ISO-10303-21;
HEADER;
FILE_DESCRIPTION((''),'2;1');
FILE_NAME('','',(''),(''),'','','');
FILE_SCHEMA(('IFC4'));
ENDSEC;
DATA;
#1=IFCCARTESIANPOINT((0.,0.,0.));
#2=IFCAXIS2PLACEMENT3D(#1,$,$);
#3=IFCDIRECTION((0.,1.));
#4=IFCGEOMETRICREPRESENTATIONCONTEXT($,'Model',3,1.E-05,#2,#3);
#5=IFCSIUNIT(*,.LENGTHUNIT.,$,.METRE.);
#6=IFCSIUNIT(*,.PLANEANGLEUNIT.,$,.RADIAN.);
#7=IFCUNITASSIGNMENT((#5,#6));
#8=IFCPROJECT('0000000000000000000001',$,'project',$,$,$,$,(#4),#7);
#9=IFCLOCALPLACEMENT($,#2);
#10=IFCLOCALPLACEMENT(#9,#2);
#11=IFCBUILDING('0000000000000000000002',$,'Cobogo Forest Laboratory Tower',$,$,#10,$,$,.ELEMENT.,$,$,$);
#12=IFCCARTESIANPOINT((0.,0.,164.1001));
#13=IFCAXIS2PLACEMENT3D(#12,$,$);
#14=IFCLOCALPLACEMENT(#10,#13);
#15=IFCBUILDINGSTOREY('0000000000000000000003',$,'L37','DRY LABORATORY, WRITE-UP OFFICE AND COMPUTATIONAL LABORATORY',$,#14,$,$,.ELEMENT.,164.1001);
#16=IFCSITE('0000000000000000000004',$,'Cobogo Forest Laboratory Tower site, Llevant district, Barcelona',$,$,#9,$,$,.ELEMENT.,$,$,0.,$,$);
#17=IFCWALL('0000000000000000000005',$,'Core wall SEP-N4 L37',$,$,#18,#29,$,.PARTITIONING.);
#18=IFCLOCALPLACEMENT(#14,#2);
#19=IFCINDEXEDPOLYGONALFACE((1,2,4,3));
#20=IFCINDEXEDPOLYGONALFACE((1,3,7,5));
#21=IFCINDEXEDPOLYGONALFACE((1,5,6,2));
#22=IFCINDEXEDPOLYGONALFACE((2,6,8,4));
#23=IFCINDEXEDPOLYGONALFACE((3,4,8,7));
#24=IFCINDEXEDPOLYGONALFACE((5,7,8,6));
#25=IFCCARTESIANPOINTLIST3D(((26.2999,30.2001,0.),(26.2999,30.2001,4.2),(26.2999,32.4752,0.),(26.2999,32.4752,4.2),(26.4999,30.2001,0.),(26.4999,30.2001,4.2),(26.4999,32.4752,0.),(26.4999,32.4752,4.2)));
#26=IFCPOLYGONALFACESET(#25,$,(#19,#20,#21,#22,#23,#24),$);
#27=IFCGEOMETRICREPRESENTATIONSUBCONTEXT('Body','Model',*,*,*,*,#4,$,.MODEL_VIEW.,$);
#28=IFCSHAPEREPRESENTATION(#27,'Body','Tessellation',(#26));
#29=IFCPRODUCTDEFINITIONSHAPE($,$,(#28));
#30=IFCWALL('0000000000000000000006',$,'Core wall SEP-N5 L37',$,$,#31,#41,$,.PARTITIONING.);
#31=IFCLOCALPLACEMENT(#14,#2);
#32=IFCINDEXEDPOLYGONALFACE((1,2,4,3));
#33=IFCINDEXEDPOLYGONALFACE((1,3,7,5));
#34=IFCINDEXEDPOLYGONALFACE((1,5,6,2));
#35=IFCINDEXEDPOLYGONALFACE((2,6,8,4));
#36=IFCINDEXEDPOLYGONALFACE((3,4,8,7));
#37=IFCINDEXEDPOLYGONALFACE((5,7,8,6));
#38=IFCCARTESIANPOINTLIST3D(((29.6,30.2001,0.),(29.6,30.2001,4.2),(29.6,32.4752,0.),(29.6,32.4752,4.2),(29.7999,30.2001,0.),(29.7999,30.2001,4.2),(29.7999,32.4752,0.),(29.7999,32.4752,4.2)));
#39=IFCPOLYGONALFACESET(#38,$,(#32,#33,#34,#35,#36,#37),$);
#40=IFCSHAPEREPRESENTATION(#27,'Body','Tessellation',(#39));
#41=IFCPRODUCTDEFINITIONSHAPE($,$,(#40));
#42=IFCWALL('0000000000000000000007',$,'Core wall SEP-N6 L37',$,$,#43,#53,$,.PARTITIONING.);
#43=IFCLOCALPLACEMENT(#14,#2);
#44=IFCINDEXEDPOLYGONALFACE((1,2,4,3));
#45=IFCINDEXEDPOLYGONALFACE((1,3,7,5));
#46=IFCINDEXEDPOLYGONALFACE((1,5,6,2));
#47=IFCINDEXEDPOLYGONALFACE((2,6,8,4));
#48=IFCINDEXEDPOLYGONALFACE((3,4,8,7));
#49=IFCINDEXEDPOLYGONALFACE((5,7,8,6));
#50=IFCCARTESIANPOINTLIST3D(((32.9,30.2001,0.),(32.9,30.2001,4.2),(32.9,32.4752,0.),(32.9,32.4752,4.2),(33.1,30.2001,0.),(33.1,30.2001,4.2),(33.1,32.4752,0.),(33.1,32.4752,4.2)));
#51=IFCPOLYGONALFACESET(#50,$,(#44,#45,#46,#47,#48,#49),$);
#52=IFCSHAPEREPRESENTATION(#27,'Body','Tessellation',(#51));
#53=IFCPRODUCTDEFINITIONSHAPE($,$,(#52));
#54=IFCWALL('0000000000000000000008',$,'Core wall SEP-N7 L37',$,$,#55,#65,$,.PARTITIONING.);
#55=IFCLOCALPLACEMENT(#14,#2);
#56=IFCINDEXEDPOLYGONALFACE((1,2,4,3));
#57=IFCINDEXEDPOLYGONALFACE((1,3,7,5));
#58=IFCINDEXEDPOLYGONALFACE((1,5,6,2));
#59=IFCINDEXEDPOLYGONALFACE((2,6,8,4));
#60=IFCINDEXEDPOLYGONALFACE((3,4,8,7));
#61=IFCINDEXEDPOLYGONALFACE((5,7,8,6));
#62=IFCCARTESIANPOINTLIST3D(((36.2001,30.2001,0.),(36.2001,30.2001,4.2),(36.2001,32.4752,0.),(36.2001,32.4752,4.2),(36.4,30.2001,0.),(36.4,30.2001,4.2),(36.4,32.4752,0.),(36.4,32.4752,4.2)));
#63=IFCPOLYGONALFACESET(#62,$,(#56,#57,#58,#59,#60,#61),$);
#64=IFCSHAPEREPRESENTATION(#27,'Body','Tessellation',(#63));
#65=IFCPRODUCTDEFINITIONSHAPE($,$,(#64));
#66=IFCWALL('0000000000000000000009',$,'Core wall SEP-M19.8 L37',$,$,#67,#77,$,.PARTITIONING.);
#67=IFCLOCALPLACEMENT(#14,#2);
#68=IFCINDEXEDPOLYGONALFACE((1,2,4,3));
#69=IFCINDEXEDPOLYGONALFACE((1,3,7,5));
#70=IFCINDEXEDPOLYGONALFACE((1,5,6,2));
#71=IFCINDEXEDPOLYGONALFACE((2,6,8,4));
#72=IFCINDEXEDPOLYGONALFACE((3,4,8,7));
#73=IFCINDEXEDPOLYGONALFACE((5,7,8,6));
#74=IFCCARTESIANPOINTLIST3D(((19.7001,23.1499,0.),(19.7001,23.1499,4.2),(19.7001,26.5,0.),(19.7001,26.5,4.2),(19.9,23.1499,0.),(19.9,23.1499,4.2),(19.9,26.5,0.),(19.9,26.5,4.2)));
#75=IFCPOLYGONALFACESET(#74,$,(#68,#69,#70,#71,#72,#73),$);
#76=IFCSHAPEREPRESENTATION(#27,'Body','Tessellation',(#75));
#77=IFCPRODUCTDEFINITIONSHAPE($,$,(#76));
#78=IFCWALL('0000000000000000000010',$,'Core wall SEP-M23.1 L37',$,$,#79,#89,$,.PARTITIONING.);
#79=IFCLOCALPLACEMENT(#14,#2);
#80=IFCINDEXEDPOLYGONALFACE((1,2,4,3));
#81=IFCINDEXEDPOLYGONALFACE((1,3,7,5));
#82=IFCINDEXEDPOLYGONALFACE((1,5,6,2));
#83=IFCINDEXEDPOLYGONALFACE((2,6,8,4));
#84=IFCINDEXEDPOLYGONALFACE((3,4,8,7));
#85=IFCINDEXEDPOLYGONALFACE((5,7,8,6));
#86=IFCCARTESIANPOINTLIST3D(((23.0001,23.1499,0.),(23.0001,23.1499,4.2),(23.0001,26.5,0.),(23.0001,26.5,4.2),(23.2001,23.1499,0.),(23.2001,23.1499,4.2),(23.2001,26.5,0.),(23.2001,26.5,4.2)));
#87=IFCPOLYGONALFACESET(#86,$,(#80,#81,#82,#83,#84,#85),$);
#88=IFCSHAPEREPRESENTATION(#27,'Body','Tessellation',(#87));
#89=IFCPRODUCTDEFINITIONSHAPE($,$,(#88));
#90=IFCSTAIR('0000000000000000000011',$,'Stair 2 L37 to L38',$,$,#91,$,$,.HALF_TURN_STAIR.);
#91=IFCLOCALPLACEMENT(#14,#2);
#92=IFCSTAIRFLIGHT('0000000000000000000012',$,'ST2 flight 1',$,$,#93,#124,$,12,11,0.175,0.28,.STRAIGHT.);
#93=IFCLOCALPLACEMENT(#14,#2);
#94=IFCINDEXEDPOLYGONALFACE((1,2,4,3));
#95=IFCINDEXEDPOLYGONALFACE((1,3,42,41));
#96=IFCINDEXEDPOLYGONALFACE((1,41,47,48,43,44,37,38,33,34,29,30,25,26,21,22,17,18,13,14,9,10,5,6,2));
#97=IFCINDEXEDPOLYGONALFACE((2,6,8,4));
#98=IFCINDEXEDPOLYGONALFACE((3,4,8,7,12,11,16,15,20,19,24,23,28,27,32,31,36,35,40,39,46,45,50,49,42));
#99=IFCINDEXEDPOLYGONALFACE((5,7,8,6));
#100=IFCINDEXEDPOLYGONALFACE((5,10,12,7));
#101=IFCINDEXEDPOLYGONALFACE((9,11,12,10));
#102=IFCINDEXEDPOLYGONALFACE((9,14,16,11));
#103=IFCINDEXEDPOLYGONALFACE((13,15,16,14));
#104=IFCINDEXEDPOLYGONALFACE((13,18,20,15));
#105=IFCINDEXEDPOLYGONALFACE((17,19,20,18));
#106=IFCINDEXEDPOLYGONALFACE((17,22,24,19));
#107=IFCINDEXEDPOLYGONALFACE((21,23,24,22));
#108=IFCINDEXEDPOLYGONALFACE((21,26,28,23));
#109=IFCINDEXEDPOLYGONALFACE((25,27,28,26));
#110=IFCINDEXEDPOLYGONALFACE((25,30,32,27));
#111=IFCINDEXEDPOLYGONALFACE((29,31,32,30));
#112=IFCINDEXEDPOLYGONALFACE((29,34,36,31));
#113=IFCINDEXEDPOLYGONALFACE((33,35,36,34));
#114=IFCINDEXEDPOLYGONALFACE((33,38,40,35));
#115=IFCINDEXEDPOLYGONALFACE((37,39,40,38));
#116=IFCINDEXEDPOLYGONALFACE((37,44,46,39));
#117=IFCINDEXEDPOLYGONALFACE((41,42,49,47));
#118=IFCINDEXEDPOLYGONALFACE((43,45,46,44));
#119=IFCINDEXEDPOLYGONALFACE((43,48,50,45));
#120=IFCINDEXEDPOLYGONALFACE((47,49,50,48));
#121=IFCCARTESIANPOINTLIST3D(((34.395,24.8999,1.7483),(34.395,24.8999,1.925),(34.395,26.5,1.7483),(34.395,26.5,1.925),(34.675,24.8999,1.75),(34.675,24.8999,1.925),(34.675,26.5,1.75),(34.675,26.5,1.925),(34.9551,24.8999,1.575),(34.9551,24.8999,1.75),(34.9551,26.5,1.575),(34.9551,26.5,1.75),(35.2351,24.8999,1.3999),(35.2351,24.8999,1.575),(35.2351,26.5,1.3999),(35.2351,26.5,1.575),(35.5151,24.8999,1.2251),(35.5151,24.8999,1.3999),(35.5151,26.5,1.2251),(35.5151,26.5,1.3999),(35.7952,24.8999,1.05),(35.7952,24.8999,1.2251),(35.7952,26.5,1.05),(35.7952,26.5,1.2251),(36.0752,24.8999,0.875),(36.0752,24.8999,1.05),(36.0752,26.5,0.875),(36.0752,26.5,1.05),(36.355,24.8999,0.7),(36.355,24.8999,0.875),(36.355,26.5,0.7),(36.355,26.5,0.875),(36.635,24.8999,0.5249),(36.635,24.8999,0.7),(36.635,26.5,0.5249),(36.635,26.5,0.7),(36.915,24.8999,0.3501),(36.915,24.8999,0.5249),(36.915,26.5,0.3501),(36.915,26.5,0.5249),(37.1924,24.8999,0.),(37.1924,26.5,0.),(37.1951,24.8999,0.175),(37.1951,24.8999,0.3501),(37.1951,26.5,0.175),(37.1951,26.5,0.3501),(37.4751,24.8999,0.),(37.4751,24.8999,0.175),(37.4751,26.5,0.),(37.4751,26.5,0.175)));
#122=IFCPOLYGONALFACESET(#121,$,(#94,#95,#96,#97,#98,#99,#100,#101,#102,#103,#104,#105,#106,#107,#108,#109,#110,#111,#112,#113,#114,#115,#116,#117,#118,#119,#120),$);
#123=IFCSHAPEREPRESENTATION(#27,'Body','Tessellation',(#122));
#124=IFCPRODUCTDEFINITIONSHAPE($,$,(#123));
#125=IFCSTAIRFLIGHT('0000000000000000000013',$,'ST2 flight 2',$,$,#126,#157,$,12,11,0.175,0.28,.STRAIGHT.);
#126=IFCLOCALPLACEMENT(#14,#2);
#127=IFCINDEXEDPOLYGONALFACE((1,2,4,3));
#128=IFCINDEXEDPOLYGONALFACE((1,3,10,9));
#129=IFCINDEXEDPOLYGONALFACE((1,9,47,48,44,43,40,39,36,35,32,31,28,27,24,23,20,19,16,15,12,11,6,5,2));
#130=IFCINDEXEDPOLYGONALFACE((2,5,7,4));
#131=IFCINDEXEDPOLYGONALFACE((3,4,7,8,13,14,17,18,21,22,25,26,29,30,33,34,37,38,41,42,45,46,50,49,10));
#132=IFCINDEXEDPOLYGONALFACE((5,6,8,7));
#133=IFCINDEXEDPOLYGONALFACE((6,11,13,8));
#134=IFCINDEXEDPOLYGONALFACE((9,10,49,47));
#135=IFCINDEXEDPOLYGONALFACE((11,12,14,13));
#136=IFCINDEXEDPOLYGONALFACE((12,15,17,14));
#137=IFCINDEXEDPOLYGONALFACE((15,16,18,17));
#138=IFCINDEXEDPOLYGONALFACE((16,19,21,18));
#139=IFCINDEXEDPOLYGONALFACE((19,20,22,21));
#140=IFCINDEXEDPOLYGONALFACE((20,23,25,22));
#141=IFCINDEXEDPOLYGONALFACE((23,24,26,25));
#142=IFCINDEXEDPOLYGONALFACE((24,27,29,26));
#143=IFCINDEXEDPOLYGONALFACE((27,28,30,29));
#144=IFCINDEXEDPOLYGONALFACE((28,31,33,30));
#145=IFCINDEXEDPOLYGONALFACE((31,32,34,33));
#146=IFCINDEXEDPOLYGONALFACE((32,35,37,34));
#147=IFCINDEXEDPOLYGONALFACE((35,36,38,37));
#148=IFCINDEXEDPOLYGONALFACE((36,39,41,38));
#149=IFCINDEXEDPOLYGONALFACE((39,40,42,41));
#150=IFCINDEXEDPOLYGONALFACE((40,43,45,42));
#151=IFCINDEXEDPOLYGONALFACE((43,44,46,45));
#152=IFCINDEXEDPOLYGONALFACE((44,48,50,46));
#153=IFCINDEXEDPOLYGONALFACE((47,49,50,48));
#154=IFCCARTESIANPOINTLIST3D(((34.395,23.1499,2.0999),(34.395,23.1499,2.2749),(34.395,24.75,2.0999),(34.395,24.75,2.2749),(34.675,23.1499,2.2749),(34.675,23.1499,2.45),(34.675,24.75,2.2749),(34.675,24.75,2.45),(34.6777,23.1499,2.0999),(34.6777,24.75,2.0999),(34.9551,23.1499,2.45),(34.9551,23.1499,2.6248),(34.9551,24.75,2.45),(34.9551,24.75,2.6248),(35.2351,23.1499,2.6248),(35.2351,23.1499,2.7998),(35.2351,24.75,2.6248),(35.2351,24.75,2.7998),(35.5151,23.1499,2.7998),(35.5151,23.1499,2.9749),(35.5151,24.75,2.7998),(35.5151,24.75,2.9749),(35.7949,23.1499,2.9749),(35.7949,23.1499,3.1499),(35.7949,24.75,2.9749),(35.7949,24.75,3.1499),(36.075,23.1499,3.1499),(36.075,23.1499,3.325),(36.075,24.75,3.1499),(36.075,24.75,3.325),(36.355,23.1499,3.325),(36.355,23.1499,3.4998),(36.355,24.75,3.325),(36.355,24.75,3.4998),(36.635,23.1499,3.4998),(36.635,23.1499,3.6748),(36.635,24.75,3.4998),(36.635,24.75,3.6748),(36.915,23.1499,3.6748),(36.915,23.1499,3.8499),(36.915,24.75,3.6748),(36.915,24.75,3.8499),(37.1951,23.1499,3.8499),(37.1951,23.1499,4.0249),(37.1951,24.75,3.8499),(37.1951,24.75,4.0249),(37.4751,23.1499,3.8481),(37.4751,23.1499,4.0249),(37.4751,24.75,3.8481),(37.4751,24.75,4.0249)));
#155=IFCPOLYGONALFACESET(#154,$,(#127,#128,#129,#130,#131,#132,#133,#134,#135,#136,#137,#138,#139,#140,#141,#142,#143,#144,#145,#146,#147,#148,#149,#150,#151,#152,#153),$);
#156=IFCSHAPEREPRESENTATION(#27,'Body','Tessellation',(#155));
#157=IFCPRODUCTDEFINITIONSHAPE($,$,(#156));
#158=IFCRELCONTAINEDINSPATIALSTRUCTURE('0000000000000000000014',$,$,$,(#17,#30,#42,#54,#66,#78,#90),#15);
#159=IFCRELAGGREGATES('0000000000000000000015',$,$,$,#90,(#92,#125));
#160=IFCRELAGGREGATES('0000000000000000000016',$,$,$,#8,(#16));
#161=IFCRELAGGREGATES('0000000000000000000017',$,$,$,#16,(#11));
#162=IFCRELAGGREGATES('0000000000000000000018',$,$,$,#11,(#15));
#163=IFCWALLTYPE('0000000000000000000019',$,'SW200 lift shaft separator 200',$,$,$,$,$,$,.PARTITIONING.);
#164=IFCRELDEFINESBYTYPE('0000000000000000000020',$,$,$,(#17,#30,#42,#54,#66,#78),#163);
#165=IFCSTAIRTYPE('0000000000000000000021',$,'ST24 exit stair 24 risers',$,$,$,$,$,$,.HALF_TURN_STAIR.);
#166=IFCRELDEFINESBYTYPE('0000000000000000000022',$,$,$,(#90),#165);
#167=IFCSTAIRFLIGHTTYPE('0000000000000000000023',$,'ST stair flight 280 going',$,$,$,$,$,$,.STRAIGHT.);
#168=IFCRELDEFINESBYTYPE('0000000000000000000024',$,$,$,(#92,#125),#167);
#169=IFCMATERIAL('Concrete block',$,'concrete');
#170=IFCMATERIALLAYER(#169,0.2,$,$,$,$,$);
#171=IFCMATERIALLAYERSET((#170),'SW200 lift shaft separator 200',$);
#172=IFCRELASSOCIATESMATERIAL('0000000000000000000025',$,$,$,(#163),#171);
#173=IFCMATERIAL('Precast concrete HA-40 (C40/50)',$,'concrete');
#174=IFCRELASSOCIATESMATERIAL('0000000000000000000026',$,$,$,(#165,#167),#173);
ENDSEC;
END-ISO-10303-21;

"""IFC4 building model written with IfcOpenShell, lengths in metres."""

from ifc_helpers import new_model, si_unit, direction, frame, frame_2d, origin, place, context, subcontext, project, spatial, polyline, rectangle, outline, extrude, material, layer, layer_set, type_object, element, aggregate, save


model = new_model("IFC4")

# Units and contexts
model_context = context("Model", 3, precision=1e-05, world=origin(), true_north=direction((0.0, 1.0)))
body_context = subcontext(model_context, "Body", "Model", "MODEL_VIEW")
ifc_project = project(units=[si_unit("LENGTHUNIT", "METRE"), si_unit("PLANEANGLEUNIT", "RADIAN")], contexts=[model_context])

# Site, building, storey
site_placement = place(None, origin())
site = spatial("IfcSite", under=ifc_project, at=site_placement, Name="Cobogo Forest Laboratory Tower site, Llevant district, Barcelona", CompositionType="ELEMENT", RefElevation=0.0)
building_placement = place(site_placement, origin())
building = spatial("IfcBuilding", under=site, at=building_placement, Name="Cobogo Forest Laboratory Tower", CompositionType="ELEMENT")
storey_placement = place(building_placement, frame((0.0, 0.0, 164.1001)))
storey = spatial("IfcBuildingStorey", under=building, at=storey_placement, Name="L37", Description="DRY LABORATORY, WRITE-UP OFFICE AND COMPUTATIONAL LABORATORY", CompositionType="ELEMENT", Elevation=164.1001)

# Walls
ifc_material_1 = material(Name="Concrete block", Category="concrete")
ifc_layer_1 = layer(ifc_material_1, 0.2)
ifc_layer_set_1 = layer_set([ifc_layer_1], Name="SW200 lift shaft separator 200")
wall_type_1 = type_object("IfcWallType", Name="SW200 lift shaft separator 200", PredefinedType="PARTITIONING", material=ifc_layer_set_1)
for number, where, z_axis, x_axis, name in (
    (1, (26.3999, 30.2, 0.0), (0.0, 0.0, 1.0), (0.0, 1.0, 0.0), "Core wall SEP-N4 L37"),
    (2, (29.7, 30.2, 0.0), (0.0, 0.0, 1.0), (0.0, 1.0, 0.0), "Core wall SEP-N5 L37"),
    (3, (33.0, 30.2, 0.0), (0.0, 0.0, 1.0), (0.0, 1.0, 0.0), "Core wall SEP-N6 L37"),
    (4, (36.3, 30.2, 0.0), (0.0, 0.0, 1.0), (0.0, 1.0, 0.0), "Core wall SEP-N7 L37"),
):
    element("IfcWall", number, at=place(storey_placement, frame(where, z_axis=z_axis, x_axis=x_axis)), inside=storey, type_object=wall_type_1, Name=name, PredefinedType="PARTITIONING", context=body_context, shape_type="SweptSolid", body=[
        extrude(rectangle(XDim=2.2751, YDim=0.2, at=frame_2d((1.1377, 0.0))), origin(), (0.0, 0.0, 1.0), 4.2),
    ])
for number, where, z_axis, x_axis, name in (
    (5, (19.8, 23.1499, 0.0), (0.0, 0.0, 1.0), (0.0, 1.0, 0.0), "Core wall SEP-M19.8 L37"),
    (6, (23.1001, 23.1499, 0.0), (0.0, 0.0, 1.0), (0.0, 1.0, 0.0), "Core wall SEP-M23.1 L37"),
):
    element("IfcWall", number, at=place(storey_placement, frame(where, z_axis=z_axis, x_axis=x_axis)), inside=storey, type_object=wall_type_1, Name=name, PredefinedType="PARTITIONING", context=body_context, shape_type="SweptSolid", body=[
        extrude(rectangle(XDim=3.3501, YDim=0.2, at=frame_2d((1.675, 0.0))), origin(), (0.0, 0.0, 1.0), 4.2),
    ])

# Stair, stair flights
ifc_material_2 = material(Name="Precast concrete HA-40 (C40/50)", Category="concrete")
stair_type = type_object("IfcStairType", Name="ST24 exit stair 24 risers", PredefinedType="HALF_TURN_STAIR", material=ifc_material_2)
stair_placement = place(storey_placement, origin())
stair = element("IfcStair", 7, at=stair_placement, inside=storey, type_object=stair_type, Name="Stair 2 L37 to L38", PredefinedType="HALF_TURN_STAIR")
stair_flight_type = type_object("IfcStairFlightType", Name="ST stair flight 280 going", PredefinedType="STRAIGHT", material=ifc_material_2)
stair_flight_1_placement = place(storey_placement, frame((37.4751, 25.7, 0.0), z_axis=(0.0, 0.0, 1.0), x_axis=(-1.0, 0.0, 0.0)))
stair_flight_1 = element("IfcStairFlight", 8, at=stair_flight_1_placement, type_object=stair_flight_type, Name="ST2 flight 1", NumberOfRisers=12, NumberOfTreads=11, PredefinedType="STRAIGHT", RiserHeight=0.175, TreadLength=0.28, context=body_context, shape_type="SweptSolid", body=[
    extrude(outline(polyline([(0.0, 0.0), (0.0, 0.175), (0.28, 0.175), (0.28, 0.3501), (0.5601, 0.3501), (0.5601, 0.5249), (0.8401, 0.5249), (0.8401, 0.7), (1.1201, 0.7), (1.1201, 0.875), (1.3999, 0.875), (1.3999, 1.05), (1.6799, 1.05), (1.6799, 1.2251), (1.96, 1.2251), (1.96, 1.3999), (2.24, 1.3999), (2.24, 1.575), (2.52, 1.575), (2.52, 1.75), (2.8, 1.75), (2.8, 1.925), (3.0801, 1.925), (3.0801, 2.1001), (3.0801, 1.7483), (0.2827, 0.0), (0.0, 0.0)])), frame((0.0, 0.8, 0.0), z_axis=(0.0, -1.0, 0.0), x_axis=(1.0, 0.0, 0.0)), (0.0, 0.0, 1.0), 1.6001),
])
stair_flight_2_placement = place(storey_placement, frame((34.395, 23.95, 2.0999), z_axis=(0.0, 0.0, 1.0), x_axis=(1.0, 0.0, 0.0)))
stair_flight_2 = element("IfcStairFlight", 9, at=stair_flight_2_placement, type_object=stair_flight_type, Name="ST2 flight 2", NumberOfRisers=12, NumberOfTreads=11, PredefinedType="STRAIGHT", RiserHeight=0.175, TreadLength=0.28, context=body_context, shape_type="SweptSolid", body=[
    extrude(outline(polyline([(0.0, 0.0), (0.0, 0.175), (0.28, 0.175), (0.28, 0.3501), (0.5601, 0.3501), (0.5601, 0.5249), (0.8401, 0.5249), (0.8401, 0.7), (1.1201, 0.7), (1.1201, 0.875), (1.3999, 0.875), (1.3999, 1.05), (1.6799, 1.05), (1.6799, 1.2251), (1.96, 1.2251), (1.96, 1.3999), (2.24, 1.3999), (2.24, 1.575), (2.52, 1.575), (2.52, 1.75), (2.8, 1.75), (2.8, 1.925), (3.0801, 1.925), (3.0801, 2.1001), (3.0801, 1.7483), (0.2827, 0.0), (0.0, 0.0)])), frame((0.0, 0.8, 0.0), z_axis=(0.0, -1.0, 0.0), x_axis=(1.0, 0.0, 0.0)), (0.0, 0.0, 1.0), 1.6001),
])
aggregate(stair, [stair_flight_1, stair_flight_2])

save(model, "model.ifc")
